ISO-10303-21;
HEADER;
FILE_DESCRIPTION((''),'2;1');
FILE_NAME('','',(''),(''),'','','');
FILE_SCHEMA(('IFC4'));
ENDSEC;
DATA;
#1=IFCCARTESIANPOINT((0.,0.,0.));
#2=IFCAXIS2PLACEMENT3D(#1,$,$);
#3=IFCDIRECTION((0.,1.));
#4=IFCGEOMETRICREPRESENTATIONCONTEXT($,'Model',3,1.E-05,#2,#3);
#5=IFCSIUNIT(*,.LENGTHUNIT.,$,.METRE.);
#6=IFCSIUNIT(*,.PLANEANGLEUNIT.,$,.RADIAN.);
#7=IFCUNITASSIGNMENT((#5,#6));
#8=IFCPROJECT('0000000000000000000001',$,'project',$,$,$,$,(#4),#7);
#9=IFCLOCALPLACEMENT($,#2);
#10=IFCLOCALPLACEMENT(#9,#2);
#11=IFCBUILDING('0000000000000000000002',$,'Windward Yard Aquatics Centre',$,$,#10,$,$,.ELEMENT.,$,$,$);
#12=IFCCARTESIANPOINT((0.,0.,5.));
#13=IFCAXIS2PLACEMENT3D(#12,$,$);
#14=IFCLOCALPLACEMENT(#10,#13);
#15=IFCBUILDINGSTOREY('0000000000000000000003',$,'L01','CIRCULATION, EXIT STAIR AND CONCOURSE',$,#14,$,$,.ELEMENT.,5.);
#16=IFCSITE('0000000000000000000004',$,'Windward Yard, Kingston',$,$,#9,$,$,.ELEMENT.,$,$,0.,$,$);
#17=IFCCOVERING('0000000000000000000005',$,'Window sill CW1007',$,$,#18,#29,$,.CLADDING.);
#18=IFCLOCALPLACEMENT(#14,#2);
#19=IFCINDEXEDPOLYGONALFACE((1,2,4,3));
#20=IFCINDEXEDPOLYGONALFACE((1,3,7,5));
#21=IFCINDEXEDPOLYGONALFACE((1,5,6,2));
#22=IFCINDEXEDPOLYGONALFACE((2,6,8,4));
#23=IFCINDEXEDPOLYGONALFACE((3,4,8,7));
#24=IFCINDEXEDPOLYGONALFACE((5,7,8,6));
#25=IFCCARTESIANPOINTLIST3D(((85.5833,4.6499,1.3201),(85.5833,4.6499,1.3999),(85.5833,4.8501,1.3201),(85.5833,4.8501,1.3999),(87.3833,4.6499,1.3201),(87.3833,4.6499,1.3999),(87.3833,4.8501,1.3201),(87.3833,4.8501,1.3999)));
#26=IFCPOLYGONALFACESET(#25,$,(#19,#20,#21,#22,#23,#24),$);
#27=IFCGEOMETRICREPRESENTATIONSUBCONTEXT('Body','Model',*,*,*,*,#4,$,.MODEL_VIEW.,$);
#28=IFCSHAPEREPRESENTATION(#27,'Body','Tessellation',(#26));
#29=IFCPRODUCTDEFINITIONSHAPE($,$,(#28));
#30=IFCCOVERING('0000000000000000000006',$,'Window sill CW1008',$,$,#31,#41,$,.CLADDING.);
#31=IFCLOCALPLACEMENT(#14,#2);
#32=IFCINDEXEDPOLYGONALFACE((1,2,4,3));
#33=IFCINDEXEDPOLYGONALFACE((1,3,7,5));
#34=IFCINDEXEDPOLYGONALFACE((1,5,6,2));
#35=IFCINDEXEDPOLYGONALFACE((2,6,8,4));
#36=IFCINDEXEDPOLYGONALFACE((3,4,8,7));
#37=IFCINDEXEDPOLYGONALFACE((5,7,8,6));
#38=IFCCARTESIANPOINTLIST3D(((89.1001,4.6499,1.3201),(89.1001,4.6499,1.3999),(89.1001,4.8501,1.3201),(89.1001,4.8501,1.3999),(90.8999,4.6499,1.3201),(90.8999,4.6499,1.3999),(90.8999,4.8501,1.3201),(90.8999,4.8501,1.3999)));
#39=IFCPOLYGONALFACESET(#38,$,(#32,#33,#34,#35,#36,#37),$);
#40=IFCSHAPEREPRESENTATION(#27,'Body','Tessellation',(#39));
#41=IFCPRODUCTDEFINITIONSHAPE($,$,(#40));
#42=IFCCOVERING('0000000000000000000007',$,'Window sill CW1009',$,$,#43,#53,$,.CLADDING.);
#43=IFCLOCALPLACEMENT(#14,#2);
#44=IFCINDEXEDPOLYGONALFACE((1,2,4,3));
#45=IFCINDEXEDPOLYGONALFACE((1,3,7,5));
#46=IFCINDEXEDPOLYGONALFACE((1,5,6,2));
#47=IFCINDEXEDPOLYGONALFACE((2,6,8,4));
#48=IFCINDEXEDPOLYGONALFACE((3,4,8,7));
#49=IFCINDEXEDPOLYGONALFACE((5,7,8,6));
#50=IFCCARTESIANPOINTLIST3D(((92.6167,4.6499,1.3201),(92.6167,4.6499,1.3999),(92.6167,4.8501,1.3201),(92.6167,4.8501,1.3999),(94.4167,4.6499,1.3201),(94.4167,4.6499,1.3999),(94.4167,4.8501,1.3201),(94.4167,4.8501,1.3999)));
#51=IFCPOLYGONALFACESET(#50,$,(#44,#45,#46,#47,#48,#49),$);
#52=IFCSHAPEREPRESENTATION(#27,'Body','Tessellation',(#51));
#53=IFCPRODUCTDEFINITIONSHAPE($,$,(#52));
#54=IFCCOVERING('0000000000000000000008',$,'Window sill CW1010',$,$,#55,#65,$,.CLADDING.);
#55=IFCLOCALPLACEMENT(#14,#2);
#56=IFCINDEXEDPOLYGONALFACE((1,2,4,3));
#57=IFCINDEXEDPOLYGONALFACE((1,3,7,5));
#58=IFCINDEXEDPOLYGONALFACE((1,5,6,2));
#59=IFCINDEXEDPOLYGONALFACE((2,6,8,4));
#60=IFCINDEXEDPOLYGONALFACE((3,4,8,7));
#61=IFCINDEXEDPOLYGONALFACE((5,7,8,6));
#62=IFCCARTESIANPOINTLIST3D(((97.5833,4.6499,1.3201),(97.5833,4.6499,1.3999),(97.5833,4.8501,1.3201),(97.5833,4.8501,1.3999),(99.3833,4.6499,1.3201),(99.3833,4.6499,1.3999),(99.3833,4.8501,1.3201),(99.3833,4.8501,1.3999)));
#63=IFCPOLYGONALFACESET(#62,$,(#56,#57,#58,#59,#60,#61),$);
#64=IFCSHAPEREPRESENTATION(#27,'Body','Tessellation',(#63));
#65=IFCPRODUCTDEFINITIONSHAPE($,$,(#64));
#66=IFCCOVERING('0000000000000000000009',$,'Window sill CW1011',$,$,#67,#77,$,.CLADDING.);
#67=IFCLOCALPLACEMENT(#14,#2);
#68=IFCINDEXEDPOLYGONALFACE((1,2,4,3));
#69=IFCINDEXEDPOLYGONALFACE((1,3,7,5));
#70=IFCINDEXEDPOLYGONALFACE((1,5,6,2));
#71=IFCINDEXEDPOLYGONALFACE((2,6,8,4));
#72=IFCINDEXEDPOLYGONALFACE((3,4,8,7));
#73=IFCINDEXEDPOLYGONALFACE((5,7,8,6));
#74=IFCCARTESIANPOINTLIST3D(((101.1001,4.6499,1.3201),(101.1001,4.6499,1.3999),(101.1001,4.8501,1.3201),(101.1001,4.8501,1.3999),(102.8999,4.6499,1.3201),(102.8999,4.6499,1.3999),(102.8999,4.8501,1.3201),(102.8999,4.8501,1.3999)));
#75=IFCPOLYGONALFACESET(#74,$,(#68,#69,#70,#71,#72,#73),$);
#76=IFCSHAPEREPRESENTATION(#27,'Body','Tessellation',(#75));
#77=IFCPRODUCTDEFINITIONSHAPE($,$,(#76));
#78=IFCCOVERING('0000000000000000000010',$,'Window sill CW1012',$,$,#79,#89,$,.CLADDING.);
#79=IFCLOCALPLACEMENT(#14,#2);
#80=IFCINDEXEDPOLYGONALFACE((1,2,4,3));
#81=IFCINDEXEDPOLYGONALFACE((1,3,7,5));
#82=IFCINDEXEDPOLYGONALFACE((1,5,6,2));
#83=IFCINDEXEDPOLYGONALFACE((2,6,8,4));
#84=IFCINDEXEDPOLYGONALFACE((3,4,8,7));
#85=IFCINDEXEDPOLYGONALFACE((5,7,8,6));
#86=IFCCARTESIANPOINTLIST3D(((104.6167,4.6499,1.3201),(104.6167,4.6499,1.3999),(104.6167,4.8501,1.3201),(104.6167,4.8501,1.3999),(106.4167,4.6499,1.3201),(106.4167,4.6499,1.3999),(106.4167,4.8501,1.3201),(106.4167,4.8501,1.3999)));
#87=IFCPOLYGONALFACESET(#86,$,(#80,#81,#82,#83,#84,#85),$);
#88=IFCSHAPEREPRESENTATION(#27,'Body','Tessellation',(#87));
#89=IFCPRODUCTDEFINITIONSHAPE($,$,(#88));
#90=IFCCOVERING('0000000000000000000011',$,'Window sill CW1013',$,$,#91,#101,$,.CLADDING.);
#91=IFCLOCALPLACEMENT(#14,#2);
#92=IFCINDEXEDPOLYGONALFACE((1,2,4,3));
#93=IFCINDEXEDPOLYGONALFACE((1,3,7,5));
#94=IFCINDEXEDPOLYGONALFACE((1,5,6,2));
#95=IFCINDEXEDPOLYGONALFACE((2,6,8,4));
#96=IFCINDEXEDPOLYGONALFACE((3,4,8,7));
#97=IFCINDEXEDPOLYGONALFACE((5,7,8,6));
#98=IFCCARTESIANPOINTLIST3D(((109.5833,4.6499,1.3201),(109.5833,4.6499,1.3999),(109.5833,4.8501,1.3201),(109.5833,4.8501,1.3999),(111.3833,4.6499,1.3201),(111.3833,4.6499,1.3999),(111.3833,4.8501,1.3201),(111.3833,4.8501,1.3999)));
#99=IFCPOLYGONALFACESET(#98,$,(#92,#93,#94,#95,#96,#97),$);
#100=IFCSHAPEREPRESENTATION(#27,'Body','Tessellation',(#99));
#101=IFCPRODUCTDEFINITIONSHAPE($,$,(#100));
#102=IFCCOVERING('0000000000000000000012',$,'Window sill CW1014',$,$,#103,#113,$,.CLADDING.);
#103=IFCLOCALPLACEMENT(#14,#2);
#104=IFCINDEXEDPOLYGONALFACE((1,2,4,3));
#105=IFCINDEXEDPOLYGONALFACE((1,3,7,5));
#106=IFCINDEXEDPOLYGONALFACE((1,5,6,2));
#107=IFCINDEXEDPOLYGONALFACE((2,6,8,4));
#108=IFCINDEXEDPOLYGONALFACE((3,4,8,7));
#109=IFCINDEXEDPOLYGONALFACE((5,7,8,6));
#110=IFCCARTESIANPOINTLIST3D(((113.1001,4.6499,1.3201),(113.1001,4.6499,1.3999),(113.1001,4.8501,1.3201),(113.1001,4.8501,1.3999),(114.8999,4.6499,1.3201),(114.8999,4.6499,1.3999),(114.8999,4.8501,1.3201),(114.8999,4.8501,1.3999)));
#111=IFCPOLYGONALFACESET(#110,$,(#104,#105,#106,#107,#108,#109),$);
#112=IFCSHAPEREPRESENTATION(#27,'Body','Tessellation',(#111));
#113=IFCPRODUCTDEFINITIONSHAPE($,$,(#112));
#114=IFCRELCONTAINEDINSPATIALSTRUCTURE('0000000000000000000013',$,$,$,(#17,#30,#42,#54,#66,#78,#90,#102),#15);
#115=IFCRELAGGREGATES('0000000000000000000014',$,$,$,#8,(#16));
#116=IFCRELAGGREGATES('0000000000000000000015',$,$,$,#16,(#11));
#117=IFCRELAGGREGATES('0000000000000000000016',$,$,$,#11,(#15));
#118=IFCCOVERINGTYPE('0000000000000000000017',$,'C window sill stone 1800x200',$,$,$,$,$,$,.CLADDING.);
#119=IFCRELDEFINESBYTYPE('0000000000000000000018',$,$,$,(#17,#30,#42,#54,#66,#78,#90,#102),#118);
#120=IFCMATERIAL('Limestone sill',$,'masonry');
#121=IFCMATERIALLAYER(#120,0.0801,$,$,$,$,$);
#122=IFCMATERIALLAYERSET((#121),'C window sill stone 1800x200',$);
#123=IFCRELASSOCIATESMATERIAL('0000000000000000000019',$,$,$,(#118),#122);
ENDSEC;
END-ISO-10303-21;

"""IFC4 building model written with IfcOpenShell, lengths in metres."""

from ifc_helpers import new_model, si_unit, direction, frame, origin, place, context, subcontext, project, spatial, polyline, outline, extrude, material, layer, layer_set, type_object, element, save


model = new_model("IFC4")

# Units and contexts
model_context = context("Model", 3, precision=1e-05, world=origin(), true_north=direction((0.0, 1.0)))
body_context = subcontext(model_context, "Body", "Model", "MODEL_VIEW")
ifc_project = project(units=[si_unit("LENGTHUNIT", "METRE"), si_unit("PLANEANGLEUNIT", "RADIAN")], contexts=[model_context])

# Site, building, storey
site_placement = place(None, origin())
site = spatial("IfcSite", under=ifc_project, at=site_placement, Name="Windward Yard, Kingston", CompositionType="ELEMENT", RefElevation=0.0)
building_placement = place(site_placement, origin())
building = spatial("IfcBuilding", under=site, at=building_placement, Name="Windward Yard Aquatics Centre", CompositionType="ELEMENT")
storey_placement = place(building_placement, frame((0.0, 0.0, 5.0)))
storey = spatial("IfcBuildingStorey", under=building, at=storey_placement, Name="L01", Description="CIRCULATION, EXIT STAIR AND CONCOURSE", CompositionType="ELEMENT", Elevation=5.0)

# Coverings
ifc_material = material(Name="Limestone sill", Category="masonry")
ifc_layer = layer(ifc_material, 0.0801)
ifc_layer_set = layer_set([ifc_layer], Name="C window sill stone 1800x200")
covering_type = type_object("IfcCoveringType", Name="C window sill stone 1800x200", PredefinedType="CLADDING", material=ifc_layer_set)
covering_1_placement = place(storey_placement, frame((0.0, 0.0, 1.3201)))
element("IfcCovering", 1, at=covering_1_placement, inside=storey, type_object=covering_type, Name="Window sill CW1007", PredefinedType="CLADDING", context=body_context, shape_type="SweptSolid", body=[
    extrude(outline(polyline([(85.5833, 4.6499), (85.5833, 4.8501), (87.3833, 4.8501), (87.3833, 4.6499), (85.5833, 4.6499)])), origin(), (0.0, 0.0, 1.0), 0.0798),
])
covering_2_placement = place(storey_placement, frame((0.0, 0.0, 1.3201)))
element("IfcCovering", 2, at=covering_2_placement, inside=storey, type_object=covering_type, Name="Window sill CW1008", PredefinedType="CLADDING", context=body_context, shape_type="SweptSolid", body=[
    extrude(outline(polyline([(89.1001, 4.6499), (89.1001, 4.8501), (90.8999, 4.8501), (90.8999, 4.6499), (89.1001, 4.6499)])), origin(), (0.0, 0.0, 1.0), 0.0798),
])
covering_3_placement = place(storey_placement, frame((0.0, 0.0, 1.3201)))
element("IfcCovering", 3, at=covering_3_placement, inside=storey, type_object=covering_type, Name="Window sill CW1009", PredefinedType="CLADDING", context=body_context, shape_type="SweptSolid", body=[
    extrude(outline(polyline([(92.6167, 4.6499), (92.6167, 4.8501), (94.4167, 4.8501), (94.4167, 4.6499), (92.6167, 4.6499)])), origin(), (0.0, 0.0, 1.0), 0.0798),
])
covering_4_placement = place(storey_placement, frame((0.0, 0.0, 1.3201)))
element("IfcCovering", 4, at=covering_4_placement, inside=storey, type_object=covering_type, Name="Window sill CW1010", PredefinedType="CLADDING", context=body_context, shape_type="SweptSolid", body=[
    extrude(outline(polyline([(97.5833, 4.6499), (97.5833, 4.8501), (99.3833, 4.8501), (99.3833, 4.6499), (97.5833, 4.6499)])), origin(), (0.0, 0.0, 1.0), 0.0798),
])
covering_5_placement = place(storey_placement, frame((0.0, 0.0, 1.3201)))
element("IfcCovering", 5, at=covering_5_placement, inside=storey, type_object=covering_type, Name="Window sill CW1011", PredefinedType="CLADDING", context=body_context, shape_type="SweptSolid", body=[
    extrude(outline(polyline([(101.1001, 4.6499), (101.1001, 4.8501), (102.8999, 4.8501), (102.8999, 4.6499), (101.1001, 4.6499)])), origin(), (0.0, 0.0, 1.0), 0.0798),
])
covering_6_placement = place(storey_placement, frame((0.0, 0.0, 1.3201)))
element("IfcCovering", 6, at=covering_6_placement, inside=storey, type_object=covering_type, Name="Window sill CW1012", PredefinedType="CLADDING", context=body_context, shape_type="SweptSolid", body=[
    extrude(outline(polyline([(104.6167, 4.6499), (104.6167, 4.8501), (106.4167, 4.8501), (106.4167, 4.6499), (104.6167, 4.6499)])), origin(), (0.0, 0.0, 1.0), 0.0798),
])
covering_7_placement = place(storey_placement, frame((0.0, 0.0, 1.3201)))
element("IfcCovering", 7, at=covering_7_placement, inside=storey, type_object=covering_type, Name="Window sill CW1013", PredefinedType="CLADDING", context=body_context, shape_type="SweptSolid", body=[
    extrude(outline(polyline([(109.5833, 4.6499), (109.5833, 4.8501), (111.3833, 4.8501), (111.3833, 4.6499), (109.5833, 4.6499)])), origin(), (0.0, 0.0, 1.0), 0.0798),
])
covering_8_placement = place(storey_placement, frame((0.0, 0.0, 1.3201)))
element("IfcCovering", 8, at=covering_8_placement, inside=storey, type_object=covering_type, Name="Window sill CW1014", PredefinedType="CLADDING", context=body_context, shape_type="SweptSolid", body=[
    extrude(outline(polyline([(113.1001, 4.6499), (113.1001, 4.8501), (114.8999, 4.8501), (114.8999, 4.6499), (113.1001, 4.6499)])), origin(), (0.0, 0.0, 1.0), 0.0798),
])

save(model, "model.ifc")
